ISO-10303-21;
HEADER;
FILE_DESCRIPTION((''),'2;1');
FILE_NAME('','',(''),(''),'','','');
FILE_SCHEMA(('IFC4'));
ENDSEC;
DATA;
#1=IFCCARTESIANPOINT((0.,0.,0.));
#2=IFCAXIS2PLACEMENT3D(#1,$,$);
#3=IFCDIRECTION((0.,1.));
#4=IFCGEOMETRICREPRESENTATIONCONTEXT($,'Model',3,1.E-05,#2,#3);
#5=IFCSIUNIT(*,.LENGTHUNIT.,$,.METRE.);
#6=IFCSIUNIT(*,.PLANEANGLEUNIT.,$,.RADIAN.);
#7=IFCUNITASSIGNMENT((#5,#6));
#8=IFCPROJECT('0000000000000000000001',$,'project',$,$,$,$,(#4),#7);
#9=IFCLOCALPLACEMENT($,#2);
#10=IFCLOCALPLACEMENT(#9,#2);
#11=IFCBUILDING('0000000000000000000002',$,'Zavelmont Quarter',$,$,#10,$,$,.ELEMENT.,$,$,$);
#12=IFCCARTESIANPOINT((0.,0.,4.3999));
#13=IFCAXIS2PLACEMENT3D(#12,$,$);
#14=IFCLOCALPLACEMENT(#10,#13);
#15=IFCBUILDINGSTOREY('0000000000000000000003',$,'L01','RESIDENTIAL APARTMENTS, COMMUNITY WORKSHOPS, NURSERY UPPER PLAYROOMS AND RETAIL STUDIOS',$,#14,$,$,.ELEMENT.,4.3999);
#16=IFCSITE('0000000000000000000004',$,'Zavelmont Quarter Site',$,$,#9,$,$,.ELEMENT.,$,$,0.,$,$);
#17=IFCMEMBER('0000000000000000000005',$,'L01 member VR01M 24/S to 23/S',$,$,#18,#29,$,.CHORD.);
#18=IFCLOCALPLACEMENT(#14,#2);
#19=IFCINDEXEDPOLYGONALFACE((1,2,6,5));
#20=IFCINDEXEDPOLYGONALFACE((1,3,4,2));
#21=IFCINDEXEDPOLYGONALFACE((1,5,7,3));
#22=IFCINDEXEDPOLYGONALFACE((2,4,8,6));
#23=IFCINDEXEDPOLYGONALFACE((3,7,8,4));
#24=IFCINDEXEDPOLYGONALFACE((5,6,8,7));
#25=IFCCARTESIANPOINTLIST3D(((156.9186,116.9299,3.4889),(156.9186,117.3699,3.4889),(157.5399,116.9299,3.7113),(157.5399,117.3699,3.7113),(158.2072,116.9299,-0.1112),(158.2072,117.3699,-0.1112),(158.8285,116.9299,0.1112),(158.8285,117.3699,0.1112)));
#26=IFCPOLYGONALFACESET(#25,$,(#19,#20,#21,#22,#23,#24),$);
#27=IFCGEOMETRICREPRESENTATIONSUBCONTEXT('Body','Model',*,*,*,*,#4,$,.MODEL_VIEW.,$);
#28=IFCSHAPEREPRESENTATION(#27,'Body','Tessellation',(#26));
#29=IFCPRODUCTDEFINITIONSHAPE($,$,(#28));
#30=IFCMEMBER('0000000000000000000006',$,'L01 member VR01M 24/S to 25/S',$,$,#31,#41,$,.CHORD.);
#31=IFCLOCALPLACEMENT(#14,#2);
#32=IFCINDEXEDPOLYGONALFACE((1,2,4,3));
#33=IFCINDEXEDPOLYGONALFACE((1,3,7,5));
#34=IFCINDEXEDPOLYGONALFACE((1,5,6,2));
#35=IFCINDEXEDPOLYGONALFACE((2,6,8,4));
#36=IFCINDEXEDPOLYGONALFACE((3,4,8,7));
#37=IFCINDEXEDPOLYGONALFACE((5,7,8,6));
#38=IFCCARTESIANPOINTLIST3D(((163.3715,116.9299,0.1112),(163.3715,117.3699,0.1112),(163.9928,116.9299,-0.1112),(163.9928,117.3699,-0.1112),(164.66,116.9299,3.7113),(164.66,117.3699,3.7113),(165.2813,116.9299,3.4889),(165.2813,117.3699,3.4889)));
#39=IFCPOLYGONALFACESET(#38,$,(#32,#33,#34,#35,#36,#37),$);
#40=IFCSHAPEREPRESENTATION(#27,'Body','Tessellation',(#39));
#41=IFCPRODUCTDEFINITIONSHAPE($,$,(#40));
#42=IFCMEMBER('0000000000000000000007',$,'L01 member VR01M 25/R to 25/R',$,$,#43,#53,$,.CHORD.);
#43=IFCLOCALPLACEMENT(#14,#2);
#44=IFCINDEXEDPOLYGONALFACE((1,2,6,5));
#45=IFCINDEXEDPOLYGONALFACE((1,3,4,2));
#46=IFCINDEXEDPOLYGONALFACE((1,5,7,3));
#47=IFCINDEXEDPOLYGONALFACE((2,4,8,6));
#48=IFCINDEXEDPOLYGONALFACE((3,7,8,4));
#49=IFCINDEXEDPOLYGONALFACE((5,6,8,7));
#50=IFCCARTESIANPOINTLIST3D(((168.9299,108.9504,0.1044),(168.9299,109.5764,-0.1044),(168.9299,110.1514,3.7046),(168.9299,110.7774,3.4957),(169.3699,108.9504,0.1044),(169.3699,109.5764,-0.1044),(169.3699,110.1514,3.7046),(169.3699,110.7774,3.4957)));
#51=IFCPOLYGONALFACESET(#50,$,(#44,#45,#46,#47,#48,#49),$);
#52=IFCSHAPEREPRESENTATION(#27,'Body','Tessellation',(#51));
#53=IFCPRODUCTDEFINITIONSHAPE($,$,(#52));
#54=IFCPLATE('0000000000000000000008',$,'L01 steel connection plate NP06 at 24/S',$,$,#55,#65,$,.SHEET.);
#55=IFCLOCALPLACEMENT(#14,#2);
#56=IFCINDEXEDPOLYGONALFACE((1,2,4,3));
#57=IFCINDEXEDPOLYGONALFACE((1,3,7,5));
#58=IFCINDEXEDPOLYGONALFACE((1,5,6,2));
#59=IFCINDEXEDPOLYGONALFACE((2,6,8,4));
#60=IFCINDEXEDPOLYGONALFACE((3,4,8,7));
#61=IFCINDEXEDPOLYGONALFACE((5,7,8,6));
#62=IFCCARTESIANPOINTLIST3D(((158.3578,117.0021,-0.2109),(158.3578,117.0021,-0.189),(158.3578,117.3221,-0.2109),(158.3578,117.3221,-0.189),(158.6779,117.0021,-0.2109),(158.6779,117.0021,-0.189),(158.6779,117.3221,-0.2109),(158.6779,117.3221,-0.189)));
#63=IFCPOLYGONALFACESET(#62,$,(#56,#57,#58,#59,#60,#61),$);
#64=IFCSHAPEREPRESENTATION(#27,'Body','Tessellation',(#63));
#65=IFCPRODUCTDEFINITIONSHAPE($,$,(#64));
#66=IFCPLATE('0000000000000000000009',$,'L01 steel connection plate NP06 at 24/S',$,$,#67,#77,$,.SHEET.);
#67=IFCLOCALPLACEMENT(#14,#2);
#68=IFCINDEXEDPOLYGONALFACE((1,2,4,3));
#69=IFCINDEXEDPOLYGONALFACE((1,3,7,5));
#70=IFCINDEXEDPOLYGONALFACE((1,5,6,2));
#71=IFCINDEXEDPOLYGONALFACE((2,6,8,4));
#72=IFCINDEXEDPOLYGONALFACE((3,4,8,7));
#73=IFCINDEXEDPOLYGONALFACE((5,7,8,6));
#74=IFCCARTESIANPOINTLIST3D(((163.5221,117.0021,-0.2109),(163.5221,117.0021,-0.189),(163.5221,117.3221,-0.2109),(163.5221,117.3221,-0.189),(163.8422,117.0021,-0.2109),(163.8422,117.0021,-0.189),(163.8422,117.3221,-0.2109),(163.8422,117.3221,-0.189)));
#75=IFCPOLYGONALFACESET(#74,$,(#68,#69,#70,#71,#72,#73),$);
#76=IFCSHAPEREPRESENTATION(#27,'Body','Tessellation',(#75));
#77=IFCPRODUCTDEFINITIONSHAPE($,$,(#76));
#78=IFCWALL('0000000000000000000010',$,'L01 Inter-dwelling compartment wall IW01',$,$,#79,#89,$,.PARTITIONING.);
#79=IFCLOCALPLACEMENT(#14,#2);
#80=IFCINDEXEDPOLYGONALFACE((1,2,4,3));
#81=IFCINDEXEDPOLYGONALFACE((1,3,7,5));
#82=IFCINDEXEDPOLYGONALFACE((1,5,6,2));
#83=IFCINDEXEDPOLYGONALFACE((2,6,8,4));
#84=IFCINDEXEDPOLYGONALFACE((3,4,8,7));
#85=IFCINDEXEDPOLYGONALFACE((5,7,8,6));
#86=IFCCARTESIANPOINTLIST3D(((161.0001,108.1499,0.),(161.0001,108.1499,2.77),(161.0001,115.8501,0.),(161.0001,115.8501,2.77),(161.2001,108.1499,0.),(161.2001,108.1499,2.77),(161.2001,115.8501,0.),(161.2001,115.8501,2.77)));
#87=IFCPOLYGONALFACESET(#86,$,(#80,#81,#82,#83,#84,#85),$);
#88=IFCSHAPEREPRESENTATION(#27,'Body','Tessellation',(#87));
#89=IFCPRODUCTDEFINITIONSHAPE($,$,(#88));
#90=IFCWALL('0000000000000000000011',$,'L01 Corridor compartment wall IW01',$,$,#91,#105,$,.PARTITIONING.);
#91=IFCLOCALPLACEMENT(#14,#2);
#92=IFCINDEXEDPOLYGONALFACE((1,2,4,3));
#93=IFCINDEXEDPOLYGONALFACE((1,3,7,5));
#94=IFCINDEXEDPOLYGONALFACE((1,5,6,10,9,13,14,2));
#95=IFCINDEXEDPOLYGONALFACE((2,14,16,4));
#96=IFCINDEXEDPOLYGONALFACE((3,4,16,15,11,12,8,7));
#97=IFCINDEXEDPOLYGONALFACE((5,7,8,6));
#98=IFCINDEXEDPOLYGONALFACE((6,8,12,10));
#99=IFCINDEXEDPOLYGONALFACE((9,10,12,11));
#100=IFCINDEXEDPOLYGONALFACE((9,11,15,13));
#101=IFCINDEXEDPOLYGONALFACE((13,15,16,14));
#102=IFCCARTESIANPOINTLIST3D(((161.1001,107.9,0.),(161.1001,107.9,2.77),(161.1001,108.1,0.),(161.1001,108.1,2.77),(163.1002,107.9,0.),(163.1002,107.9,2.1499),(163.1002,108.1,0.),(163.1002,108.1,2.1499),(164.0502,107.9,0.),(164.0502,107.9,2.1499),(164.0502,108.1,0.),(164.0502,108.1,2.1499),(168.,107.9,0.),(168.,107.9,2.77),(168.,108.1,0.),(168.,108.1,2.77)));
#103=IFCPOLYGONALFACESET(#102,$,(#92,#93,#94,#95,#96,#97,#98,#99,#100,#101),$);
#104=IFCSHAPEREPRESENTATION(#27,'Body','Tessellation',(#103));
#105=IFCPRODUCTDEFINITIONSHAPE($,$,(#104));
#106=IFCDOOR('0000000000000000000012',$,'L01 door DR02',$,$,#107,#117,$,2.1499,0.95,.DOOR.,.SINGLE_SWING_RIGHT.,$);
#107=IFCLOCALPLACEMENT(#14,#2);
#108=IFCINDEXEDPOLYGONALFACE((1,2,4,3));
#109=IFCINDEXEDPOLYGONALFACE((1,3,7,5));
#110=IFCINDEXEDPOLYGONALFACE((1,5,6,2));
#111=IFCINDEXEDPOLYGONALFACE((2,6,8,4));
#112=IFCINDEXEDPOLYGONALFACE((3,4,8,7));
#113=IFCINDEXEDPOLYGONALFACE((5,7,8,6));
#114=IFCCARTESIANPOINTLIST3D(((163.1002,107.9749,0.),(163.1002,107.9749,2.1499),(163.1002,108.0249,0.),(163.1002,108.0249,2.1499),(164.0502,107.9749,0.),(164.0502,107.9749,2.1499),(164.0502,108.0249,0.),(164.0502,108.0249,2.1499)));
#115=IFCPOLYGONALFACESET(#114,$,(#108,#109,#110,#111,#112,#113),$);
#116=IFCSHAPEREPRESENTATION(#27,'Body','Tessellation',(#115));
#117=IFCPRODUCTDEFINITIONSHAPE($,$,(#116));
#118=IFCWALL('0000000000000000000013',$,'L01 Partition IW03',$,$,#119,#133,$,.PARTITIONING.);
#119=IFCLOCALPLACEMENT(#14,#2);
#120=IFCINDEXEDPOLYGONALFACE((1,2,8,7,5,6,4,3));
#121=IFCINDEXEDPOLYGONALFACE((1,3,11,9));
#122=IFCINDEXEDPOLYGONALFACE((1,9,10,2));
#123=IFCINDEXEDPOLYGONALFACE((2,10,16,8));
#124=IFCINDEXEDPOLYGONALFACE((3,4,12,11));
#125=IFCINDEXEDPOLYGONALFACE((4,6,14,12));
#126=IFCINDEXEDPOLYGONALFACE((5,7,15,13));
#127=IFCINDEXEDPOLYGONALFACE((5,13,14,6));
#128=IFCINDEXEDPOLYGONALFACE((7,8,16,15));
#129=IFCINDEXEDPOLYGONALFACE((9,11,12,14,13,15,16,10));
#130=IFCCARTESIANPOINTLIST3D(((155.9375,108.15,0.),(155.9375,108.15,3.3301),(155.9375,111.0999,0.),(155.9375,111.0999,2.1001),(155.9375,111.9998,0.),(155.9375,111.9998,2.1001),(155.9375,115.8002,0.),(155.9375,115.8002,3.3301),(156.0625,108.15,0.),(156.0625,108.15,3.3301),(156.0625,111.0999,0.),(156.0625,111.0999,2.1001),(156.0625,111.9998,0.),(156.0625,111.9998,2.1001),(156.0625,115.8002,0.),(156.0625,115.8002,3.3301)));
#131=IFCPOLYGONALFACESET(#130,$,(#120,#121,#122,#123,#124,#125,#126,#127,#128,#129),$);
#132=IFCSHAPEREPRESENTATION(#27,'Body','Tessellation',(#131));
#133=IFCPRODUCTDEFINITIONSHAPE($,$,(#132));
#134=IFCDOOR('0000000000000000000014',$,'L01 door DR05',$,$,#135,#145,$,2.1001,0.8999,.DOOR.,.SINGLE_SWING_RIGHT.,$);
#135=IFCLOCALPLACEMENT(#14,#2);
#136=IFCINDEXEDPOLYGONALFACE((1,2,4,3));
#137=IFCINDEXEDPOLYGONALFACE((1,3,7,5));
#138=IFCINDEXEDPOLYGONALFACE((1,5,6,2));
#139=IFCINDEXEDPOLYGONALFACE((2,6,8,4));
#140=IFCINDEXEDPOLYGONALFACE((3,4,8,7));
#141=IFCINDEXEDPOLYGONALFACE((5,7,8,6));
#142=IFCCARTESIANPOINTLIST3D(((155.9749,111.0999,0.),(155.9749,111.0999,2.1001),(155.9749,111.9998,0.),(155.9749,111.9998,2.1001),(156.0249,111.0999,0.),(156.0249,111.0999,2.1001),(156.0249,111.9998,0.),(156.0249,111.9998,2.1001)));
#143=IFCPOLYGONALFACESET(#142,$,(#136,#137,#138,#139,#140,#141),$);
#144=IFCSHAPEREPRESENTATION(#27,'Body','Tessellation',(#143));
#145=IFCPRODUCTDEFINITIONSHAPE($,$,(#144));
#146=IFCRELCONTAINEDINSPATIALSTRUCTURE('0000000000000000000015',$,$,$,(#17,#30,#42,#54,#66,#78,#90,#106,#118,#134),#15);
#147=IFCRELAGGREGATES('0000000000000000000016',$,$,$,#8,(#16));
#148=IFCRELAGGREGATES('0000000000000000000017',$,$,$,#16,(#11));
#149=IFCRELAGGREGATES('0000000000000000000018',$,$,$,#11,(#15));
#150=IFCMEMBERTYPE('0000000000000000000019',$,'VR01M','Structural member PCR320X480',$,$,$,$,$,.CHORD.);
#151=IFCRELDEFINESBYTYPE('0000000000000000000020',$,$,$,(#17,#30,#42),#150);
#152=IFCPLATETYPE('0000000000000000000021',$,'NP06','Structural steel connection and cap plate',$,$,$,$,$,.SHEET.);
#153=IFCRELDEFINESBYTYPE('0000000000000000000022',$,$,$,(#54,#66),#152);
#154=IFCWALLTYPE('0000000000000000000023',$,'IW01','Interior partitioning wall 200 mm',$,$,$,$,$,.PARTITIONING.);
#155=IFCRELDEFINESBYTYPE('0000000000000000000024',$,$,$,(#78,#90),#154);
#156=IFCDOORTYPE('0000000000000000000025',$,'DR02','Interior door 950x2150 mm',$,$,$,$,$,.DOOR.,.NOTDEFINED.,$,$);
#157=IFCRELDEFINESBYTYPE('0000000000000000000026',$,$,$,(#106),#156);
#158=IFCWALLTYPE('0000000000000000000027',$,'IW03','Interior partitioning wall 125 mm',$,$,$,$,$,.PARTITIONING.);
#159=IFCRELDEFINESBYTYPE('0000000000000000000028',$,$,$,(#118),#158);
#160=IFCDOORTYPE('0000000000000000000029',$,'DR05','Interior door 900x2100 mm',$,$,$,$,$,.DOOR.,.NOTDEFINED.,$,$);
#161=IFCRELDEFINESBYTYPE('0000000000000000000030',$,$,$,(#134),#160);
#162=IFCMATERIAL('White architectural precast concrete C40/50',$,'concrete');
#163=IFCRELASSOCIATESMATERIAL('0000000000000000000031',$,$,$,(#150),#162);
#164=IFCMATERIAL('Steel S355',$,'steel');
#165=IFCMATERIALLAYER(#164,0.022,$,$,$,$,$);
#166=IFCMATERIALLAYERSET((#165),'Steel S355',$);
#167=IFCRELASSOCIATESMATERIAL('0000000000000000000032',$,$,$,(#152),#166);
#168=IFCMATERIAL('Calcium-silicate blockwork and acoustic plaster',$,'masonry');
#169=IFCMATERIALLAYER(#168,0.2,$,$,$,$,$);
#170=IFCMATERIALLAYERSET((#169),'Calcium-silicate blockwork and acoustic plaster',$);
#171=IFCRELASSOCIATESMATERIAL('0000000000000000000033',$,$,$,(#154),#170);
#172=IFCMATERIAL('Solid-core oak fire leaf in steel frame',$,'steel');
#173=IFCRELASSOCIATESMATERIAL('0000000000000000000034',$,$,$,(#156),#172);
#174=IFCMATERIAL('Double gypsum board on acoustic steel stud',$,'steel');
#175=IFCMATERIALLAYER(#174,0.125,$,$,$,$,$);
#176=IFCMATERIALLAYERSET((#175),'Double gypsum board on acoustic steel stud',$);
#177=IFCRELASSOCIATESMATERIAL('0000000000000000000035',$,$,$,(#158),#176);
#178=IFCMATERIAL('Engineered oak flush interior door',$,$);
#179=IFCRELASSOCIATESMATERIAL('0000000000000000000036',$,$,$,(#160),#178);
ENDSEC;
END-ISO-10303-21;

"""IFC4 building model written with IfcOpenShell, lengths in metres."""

from ifc_helpers import new_model, si_unit, direction, frame, frame_2d, origin, origin_with_axes, origin_2d, place, context, subcontext, project, spatial, rectangle, extrude, material, layer, layer_set, material_profile, profile_set, type_object, element, fill, save


model = new_model("IFC4")

# Units and contexts
model_context = context("Model", 3, precision=1e-05, world=origin(), true_north=direction((0.0, 1.0)))
body_context = subcontext(model_context, "Body", "Model", "MODEL_VIEW")
ifc_project = project(units=[si_unit("LENGTHUNIT", "METRE"), si_unit("PLANEANGLEUNIT", "RADIAN")], contexts=[model_context])

# Site, building, storey
site_placement = place(None, origin())
site = spatial("IfcSite", under=ifc_project, at=site_placement, Name="Zavelmont Quarter Site", CompositionType="ELEMENT", RefElevation=0.0)
building_placement = place(site_placement, origin())
building = spatial("IfcBuilding", under=site, at=building_placement, Name="Zavelmont Quarter", CompositionType="ELEMENT")
storey_placement = place(building_placement, frame((0.0, 0.0, 4.3999)))
storey = spatial("IfcBuildingStorey", under=building, at=storey_placement, Name="L01", Description="RESIDENTIAL APARTMENTS, COMMUNITY WORKSHOPS, NURSERY UPPER PLAYROOMS AND RETAIL STUDIOS", CompositionType="ELEMENT", Elevation=4.3999)

# Shared definitions
ifc_material_1 = material(Name="Steel S355", Category="steel")

# Members
ifc_material_2 = material(Name="White architectural precast concrete C40/50", Category="concrete")
ifc_material_profile_1 = material_profile(ifc_material_2, rectangle(XDim=0.4399, YDim=0.6599, at=origin_2d()), Name="PCR320X480")
ifc_profile_set_1 = profile_set([ifc_material_profile_1], Name="White architectural precast concrete C40/50")
member_type = type_object("IfcMemberType", Name="VR01M", Description="Structural member PCR320X480", PredefinedType="CHORD", material=ifc_profile_set_1)
for number, where, z_axis, x_axis, name in (
    (1, (158.5178, 117.1499, 0.0), (-0.336992, 0.0, 0.941508), (0.0, -1.0, 0.0), "L01 member VR01M 24/S to 23/S"),
    (2, (163.6821, 117.1499, 0.0), (0.336992, 0.0, 0.941508), (0.0, 1.0, 0.0), "L01 member VR01M 24/S to 25/S"),
):
    element("IfcMember", number, at=place(storey_placement, frame(where, z_axis=z_axis, x_axis=x_axis)), inside=storey, type_object=member_type, Name=name, PredefinedType="CHORD", context=body_context, shape_type="SweptSolid", body=[
        extrude(rectangle(XDim=0.4399, YDim=0.6599, at=origin_2d()), origin(), (0.0, 0.0, 1.0), 3.8237),
    ])
member_placement = place(storey_placement, frame((169.1499, 109.2634, 0.0), z_axis=(0.0, 0.31644, 0.948613), x_axis=(-1.0, 0.0, 0.0)))
element("IfcMember", 3, at=member_placement, inside=storey, type_object=member_type, Name="L01 member VR01M 25/R to 25/R", PredefinedType="CHORD", context=body_context, shape_type="SweptSolid", body=[
    extrude(rectangle(XDim=0.4399, YDim=0.6599, at=origin_2d()), origin(), (0.0, 0.0, 1.0), 3.7952),
])

# Plates
ifc_layer_1 = layer(ifc_material_1, 0.022)
ifc_layer_set_1 = layer_set([ifc_layer_1], Name="Steel S355")
plate_type = type_object("IfcPlateType", Name="NP06", Description="Structural steel connection and cap plate", PredefinedType="SHEET", material=ifc_layer_set_1)
for number, where, z_axis, x_axis, name in (
    (4, (158.5178, 117.1621, -0.2109), (0.0, 0.0, 1.0), (1.0, 0.0, 0.0), "L01 steel connection plate NP06 at 24/S"),
    (5, (163.6821, 117.1621, -0.2109), (0.0, 0.0, 1.0), (1.0, 0.0, 0.0), "L01 steel connection plate NP06 at 24/S"),
):
    element("IfcPlate", number, at=place(storey_placement, frame(where, z_axis=z_axis, x_axis=x_axis)), inside=storey, type_object=plate_type, Name=name, PredefinedType="SHEET", context=body_context, shape_type="SweptSolid", body=[
        extrude(rectangle(XDim=0.3201, YDim=0.3201, at=origin_2d()), origin(), (0.0, 0.0, 1.0), 0.022),
    ])

# Wall
ifc_material_3 = material(Name="Calcium-silicate blockwork and acoustic plaster", Category="masonry")
ifc_layer_2 = layer(ifc_material_3, 0.2)
ifc_layer_set_2 = layer_set([ifc_layer_2], Name="Calcium-silicate blockwork and acoustic plaster")
wall_type_1 = type_object("IfcWallType", Name="IW01", Description="Interior partitioning wall 200 mm", PredefinedType="PARTITIONING", material=ifc_layer_set_2)
wall_1_placement = place(storey_placement, frame((161.1001, 108.1499, 0.0), z_axis=(0.0, 0.0, 1.0), x_axis=(0.0, 1.0, 0.0)))
element("IfcWall", 6, at=wall_1_placement, inside=storey, type_object=wall_type_1, Name="L01 Inter-dwelling compartment wall IW01", PredefinedType="PARTITIONING", context=body_context, shape_type="SweptSolid", body=[
    extrude(rectangle(XDim=7.7002, YDim=0.2, at=frame_2d((3.8501, 0.0))), origin(), (0.0, 0.0, 1.0), 2.77),
])

# Walls, openings, doors
wall_2_placement = place(storey_placement, frame((161.1001, 108.0, 0.0), z_axis=(0.0, 0.0, 1.0), x_axis=(1.0, 0.0, 0.0)))
wall_2 = element("IfcWall", 7, at=wall_2_placement, inside=storey, type_object=wall_type_1, Name="L01 Corridor compartment wall IW01", PredefinedType="PARTITIONING", context=body_context, shape_type="SweptSolid", body=[
    extrude(rectangle(XDim=6.8999, YDim=0.2, at=frame_2d((3.45, 0.0))), origin(), (0.0, 0.0, 1.0), 2.77),
])
opening_1_placement = place(wall_2_placement, frame((2.0, 0.0, 0.0)))
opening_1 = element("IfcOpeningElement", 8, at=opening_1_placement, cuts=wall_2, PredefinedType="OPENING", context=body_context, shape_type="SweptSolid", body=[
    extrude(rectangle(XDim=0.95, YDim=2.1499, at=frame_2d((0.4751, 1.075))), frame((0.0, 0.1118, 0.0), z_axis=(0.0, -1.0, 0.0), x_axis=(1.0, 0.0, 0.0)), (0.0, 0.0, 1.0), 0.2239),
])
ifc_material_4 = material(Name="Solid-core oak fire leaf in steel frame", Category="steel")
door_type_1 = type_object("IfcDoorType", Name="DR02", Description="Interior door 950x2150 mm", OperationType="NOTDEFINED", PredefinedType="DOOR", material=ifc_material_4)
door_1_placement = place(opening_1_placement, origin_with_axes())
door_1 = element("IfcDoor", 9, at=door_1_placement, inside=storey, type_object=door_type_1, Name="L01 door DR02", OperationType="SINGLE_SWING_RIGHT", OverallHeight=2.1499, OverallWidth=0.95, PredefinedType="DOOR", context=body_context, shape_type="SweptSolid", body=[
    extrude(rectangle(XDim=0.95, YDim=2.1499, at=frame_2d((0.4751, 1.075))), frame((0.0, 0.0249, 0.0), z_axis=(0.0, -1.0, 0.0), x_axis=(1.0, 0.0, 0.0)), (0.0, 0.0, 1.0), 0.05),
])
fill(opening_1, door_1)
ifc_material_5 = material(Name="Double gypsum board on acoustic steel stud", Category="steel")
ifc_layer_3 = layer(ifc_material_5, 0.125)
ifc_layer_set_3 = layer_set([ifc_layer_3], Name="Double gypsum board on acoustic steel stud")
wall_type_2 = type_object("IfcWallType", Name="IW03", Description="Interior partitioning wall 125 mm", PredefinedType="PARTITIONING", material=ifc_layer_set_3)
wall_3_placement = place(storey_placement, frame((156.0, 108.1499, 0.0), z_axis=(0.0, 0.0, 1.0), x_axis=(0.0, 1.0, 0.0)))
wall_3 = element("IfcWall", 10, at=wall_3_placement, inside=storey, type_object=wall_type_2, Name="L01 Partition IW03", PredefinedType="PARTITIONING", context=body_context, shape_type="SweptSolid", body=[
    extrude(rectangle(XDim=7.6501, YDim=0.125, at=frame_2d((3.8252, 0.0))), origin(), (0.0, 0.0, 1.0), 3.3301),
])
opening_2_placement = place(wall_3_placement, frame((2.95, 0.0, 0.0)))
opening_2 = element("IfcOpeningElement", 11, at=opening_2_placement, cuts=wall_3, PredefinedType="OPENING", context=body_context, shape_type="SweptSolid", body=[
    extrude(rectangle(XDim=0.8999, YDim=2.1001, at=frame_2d((0.45, 1.05))), frame((0.0, 0.0745, 0.0), z_axis=(0.0, -1.0, 0.0), x_axis=(1.0, 0.0, 0.0)), (0.0, 0.0, 1.0), 0.1489),
])
ifc_material_6 = material(Name="Engineered oak flush interior door")
door_type_2 = type_object("IfcDoorType", Name="DR05", Description="Interior door 900x2100 mm", OperationType="NOTDEFINED", PredefinedType="DOOR", material=ifc_material_6)
door_2_placement = place(opening_2_placement, frame((0.8999, 0.0, 0.0), z_axis=(0.0, 0.0, 1.0), x_axis=(-1.0, 0.0, 0.0)))
door_2 = element("IfcDoor", 12, at=door_2_placement, inside=storey, type_object=door_type_2, Name="L01 door DR05", OperationType="SINGLE_SWING_RIGHT", OverallHeight=2.1001, OverallWidth=0.8999, PredefinedType="DOOR", context=body_context, shape_type="SweptSolid", body=[
    extrude(rectangle(XDim=0.8999, YDim=2.1001, at=frame_2d((0.45, 1.05))), frame((0.0, 0.0249, 0.0), z_axis=(0.0, -1.0, 0.0), x_axis=(1.0, 0.0, 0.0)), (0.0, 0.0, 1.0), 0.05),
])
fill(opening_2, door_2)

save(model, "model.ifc")
